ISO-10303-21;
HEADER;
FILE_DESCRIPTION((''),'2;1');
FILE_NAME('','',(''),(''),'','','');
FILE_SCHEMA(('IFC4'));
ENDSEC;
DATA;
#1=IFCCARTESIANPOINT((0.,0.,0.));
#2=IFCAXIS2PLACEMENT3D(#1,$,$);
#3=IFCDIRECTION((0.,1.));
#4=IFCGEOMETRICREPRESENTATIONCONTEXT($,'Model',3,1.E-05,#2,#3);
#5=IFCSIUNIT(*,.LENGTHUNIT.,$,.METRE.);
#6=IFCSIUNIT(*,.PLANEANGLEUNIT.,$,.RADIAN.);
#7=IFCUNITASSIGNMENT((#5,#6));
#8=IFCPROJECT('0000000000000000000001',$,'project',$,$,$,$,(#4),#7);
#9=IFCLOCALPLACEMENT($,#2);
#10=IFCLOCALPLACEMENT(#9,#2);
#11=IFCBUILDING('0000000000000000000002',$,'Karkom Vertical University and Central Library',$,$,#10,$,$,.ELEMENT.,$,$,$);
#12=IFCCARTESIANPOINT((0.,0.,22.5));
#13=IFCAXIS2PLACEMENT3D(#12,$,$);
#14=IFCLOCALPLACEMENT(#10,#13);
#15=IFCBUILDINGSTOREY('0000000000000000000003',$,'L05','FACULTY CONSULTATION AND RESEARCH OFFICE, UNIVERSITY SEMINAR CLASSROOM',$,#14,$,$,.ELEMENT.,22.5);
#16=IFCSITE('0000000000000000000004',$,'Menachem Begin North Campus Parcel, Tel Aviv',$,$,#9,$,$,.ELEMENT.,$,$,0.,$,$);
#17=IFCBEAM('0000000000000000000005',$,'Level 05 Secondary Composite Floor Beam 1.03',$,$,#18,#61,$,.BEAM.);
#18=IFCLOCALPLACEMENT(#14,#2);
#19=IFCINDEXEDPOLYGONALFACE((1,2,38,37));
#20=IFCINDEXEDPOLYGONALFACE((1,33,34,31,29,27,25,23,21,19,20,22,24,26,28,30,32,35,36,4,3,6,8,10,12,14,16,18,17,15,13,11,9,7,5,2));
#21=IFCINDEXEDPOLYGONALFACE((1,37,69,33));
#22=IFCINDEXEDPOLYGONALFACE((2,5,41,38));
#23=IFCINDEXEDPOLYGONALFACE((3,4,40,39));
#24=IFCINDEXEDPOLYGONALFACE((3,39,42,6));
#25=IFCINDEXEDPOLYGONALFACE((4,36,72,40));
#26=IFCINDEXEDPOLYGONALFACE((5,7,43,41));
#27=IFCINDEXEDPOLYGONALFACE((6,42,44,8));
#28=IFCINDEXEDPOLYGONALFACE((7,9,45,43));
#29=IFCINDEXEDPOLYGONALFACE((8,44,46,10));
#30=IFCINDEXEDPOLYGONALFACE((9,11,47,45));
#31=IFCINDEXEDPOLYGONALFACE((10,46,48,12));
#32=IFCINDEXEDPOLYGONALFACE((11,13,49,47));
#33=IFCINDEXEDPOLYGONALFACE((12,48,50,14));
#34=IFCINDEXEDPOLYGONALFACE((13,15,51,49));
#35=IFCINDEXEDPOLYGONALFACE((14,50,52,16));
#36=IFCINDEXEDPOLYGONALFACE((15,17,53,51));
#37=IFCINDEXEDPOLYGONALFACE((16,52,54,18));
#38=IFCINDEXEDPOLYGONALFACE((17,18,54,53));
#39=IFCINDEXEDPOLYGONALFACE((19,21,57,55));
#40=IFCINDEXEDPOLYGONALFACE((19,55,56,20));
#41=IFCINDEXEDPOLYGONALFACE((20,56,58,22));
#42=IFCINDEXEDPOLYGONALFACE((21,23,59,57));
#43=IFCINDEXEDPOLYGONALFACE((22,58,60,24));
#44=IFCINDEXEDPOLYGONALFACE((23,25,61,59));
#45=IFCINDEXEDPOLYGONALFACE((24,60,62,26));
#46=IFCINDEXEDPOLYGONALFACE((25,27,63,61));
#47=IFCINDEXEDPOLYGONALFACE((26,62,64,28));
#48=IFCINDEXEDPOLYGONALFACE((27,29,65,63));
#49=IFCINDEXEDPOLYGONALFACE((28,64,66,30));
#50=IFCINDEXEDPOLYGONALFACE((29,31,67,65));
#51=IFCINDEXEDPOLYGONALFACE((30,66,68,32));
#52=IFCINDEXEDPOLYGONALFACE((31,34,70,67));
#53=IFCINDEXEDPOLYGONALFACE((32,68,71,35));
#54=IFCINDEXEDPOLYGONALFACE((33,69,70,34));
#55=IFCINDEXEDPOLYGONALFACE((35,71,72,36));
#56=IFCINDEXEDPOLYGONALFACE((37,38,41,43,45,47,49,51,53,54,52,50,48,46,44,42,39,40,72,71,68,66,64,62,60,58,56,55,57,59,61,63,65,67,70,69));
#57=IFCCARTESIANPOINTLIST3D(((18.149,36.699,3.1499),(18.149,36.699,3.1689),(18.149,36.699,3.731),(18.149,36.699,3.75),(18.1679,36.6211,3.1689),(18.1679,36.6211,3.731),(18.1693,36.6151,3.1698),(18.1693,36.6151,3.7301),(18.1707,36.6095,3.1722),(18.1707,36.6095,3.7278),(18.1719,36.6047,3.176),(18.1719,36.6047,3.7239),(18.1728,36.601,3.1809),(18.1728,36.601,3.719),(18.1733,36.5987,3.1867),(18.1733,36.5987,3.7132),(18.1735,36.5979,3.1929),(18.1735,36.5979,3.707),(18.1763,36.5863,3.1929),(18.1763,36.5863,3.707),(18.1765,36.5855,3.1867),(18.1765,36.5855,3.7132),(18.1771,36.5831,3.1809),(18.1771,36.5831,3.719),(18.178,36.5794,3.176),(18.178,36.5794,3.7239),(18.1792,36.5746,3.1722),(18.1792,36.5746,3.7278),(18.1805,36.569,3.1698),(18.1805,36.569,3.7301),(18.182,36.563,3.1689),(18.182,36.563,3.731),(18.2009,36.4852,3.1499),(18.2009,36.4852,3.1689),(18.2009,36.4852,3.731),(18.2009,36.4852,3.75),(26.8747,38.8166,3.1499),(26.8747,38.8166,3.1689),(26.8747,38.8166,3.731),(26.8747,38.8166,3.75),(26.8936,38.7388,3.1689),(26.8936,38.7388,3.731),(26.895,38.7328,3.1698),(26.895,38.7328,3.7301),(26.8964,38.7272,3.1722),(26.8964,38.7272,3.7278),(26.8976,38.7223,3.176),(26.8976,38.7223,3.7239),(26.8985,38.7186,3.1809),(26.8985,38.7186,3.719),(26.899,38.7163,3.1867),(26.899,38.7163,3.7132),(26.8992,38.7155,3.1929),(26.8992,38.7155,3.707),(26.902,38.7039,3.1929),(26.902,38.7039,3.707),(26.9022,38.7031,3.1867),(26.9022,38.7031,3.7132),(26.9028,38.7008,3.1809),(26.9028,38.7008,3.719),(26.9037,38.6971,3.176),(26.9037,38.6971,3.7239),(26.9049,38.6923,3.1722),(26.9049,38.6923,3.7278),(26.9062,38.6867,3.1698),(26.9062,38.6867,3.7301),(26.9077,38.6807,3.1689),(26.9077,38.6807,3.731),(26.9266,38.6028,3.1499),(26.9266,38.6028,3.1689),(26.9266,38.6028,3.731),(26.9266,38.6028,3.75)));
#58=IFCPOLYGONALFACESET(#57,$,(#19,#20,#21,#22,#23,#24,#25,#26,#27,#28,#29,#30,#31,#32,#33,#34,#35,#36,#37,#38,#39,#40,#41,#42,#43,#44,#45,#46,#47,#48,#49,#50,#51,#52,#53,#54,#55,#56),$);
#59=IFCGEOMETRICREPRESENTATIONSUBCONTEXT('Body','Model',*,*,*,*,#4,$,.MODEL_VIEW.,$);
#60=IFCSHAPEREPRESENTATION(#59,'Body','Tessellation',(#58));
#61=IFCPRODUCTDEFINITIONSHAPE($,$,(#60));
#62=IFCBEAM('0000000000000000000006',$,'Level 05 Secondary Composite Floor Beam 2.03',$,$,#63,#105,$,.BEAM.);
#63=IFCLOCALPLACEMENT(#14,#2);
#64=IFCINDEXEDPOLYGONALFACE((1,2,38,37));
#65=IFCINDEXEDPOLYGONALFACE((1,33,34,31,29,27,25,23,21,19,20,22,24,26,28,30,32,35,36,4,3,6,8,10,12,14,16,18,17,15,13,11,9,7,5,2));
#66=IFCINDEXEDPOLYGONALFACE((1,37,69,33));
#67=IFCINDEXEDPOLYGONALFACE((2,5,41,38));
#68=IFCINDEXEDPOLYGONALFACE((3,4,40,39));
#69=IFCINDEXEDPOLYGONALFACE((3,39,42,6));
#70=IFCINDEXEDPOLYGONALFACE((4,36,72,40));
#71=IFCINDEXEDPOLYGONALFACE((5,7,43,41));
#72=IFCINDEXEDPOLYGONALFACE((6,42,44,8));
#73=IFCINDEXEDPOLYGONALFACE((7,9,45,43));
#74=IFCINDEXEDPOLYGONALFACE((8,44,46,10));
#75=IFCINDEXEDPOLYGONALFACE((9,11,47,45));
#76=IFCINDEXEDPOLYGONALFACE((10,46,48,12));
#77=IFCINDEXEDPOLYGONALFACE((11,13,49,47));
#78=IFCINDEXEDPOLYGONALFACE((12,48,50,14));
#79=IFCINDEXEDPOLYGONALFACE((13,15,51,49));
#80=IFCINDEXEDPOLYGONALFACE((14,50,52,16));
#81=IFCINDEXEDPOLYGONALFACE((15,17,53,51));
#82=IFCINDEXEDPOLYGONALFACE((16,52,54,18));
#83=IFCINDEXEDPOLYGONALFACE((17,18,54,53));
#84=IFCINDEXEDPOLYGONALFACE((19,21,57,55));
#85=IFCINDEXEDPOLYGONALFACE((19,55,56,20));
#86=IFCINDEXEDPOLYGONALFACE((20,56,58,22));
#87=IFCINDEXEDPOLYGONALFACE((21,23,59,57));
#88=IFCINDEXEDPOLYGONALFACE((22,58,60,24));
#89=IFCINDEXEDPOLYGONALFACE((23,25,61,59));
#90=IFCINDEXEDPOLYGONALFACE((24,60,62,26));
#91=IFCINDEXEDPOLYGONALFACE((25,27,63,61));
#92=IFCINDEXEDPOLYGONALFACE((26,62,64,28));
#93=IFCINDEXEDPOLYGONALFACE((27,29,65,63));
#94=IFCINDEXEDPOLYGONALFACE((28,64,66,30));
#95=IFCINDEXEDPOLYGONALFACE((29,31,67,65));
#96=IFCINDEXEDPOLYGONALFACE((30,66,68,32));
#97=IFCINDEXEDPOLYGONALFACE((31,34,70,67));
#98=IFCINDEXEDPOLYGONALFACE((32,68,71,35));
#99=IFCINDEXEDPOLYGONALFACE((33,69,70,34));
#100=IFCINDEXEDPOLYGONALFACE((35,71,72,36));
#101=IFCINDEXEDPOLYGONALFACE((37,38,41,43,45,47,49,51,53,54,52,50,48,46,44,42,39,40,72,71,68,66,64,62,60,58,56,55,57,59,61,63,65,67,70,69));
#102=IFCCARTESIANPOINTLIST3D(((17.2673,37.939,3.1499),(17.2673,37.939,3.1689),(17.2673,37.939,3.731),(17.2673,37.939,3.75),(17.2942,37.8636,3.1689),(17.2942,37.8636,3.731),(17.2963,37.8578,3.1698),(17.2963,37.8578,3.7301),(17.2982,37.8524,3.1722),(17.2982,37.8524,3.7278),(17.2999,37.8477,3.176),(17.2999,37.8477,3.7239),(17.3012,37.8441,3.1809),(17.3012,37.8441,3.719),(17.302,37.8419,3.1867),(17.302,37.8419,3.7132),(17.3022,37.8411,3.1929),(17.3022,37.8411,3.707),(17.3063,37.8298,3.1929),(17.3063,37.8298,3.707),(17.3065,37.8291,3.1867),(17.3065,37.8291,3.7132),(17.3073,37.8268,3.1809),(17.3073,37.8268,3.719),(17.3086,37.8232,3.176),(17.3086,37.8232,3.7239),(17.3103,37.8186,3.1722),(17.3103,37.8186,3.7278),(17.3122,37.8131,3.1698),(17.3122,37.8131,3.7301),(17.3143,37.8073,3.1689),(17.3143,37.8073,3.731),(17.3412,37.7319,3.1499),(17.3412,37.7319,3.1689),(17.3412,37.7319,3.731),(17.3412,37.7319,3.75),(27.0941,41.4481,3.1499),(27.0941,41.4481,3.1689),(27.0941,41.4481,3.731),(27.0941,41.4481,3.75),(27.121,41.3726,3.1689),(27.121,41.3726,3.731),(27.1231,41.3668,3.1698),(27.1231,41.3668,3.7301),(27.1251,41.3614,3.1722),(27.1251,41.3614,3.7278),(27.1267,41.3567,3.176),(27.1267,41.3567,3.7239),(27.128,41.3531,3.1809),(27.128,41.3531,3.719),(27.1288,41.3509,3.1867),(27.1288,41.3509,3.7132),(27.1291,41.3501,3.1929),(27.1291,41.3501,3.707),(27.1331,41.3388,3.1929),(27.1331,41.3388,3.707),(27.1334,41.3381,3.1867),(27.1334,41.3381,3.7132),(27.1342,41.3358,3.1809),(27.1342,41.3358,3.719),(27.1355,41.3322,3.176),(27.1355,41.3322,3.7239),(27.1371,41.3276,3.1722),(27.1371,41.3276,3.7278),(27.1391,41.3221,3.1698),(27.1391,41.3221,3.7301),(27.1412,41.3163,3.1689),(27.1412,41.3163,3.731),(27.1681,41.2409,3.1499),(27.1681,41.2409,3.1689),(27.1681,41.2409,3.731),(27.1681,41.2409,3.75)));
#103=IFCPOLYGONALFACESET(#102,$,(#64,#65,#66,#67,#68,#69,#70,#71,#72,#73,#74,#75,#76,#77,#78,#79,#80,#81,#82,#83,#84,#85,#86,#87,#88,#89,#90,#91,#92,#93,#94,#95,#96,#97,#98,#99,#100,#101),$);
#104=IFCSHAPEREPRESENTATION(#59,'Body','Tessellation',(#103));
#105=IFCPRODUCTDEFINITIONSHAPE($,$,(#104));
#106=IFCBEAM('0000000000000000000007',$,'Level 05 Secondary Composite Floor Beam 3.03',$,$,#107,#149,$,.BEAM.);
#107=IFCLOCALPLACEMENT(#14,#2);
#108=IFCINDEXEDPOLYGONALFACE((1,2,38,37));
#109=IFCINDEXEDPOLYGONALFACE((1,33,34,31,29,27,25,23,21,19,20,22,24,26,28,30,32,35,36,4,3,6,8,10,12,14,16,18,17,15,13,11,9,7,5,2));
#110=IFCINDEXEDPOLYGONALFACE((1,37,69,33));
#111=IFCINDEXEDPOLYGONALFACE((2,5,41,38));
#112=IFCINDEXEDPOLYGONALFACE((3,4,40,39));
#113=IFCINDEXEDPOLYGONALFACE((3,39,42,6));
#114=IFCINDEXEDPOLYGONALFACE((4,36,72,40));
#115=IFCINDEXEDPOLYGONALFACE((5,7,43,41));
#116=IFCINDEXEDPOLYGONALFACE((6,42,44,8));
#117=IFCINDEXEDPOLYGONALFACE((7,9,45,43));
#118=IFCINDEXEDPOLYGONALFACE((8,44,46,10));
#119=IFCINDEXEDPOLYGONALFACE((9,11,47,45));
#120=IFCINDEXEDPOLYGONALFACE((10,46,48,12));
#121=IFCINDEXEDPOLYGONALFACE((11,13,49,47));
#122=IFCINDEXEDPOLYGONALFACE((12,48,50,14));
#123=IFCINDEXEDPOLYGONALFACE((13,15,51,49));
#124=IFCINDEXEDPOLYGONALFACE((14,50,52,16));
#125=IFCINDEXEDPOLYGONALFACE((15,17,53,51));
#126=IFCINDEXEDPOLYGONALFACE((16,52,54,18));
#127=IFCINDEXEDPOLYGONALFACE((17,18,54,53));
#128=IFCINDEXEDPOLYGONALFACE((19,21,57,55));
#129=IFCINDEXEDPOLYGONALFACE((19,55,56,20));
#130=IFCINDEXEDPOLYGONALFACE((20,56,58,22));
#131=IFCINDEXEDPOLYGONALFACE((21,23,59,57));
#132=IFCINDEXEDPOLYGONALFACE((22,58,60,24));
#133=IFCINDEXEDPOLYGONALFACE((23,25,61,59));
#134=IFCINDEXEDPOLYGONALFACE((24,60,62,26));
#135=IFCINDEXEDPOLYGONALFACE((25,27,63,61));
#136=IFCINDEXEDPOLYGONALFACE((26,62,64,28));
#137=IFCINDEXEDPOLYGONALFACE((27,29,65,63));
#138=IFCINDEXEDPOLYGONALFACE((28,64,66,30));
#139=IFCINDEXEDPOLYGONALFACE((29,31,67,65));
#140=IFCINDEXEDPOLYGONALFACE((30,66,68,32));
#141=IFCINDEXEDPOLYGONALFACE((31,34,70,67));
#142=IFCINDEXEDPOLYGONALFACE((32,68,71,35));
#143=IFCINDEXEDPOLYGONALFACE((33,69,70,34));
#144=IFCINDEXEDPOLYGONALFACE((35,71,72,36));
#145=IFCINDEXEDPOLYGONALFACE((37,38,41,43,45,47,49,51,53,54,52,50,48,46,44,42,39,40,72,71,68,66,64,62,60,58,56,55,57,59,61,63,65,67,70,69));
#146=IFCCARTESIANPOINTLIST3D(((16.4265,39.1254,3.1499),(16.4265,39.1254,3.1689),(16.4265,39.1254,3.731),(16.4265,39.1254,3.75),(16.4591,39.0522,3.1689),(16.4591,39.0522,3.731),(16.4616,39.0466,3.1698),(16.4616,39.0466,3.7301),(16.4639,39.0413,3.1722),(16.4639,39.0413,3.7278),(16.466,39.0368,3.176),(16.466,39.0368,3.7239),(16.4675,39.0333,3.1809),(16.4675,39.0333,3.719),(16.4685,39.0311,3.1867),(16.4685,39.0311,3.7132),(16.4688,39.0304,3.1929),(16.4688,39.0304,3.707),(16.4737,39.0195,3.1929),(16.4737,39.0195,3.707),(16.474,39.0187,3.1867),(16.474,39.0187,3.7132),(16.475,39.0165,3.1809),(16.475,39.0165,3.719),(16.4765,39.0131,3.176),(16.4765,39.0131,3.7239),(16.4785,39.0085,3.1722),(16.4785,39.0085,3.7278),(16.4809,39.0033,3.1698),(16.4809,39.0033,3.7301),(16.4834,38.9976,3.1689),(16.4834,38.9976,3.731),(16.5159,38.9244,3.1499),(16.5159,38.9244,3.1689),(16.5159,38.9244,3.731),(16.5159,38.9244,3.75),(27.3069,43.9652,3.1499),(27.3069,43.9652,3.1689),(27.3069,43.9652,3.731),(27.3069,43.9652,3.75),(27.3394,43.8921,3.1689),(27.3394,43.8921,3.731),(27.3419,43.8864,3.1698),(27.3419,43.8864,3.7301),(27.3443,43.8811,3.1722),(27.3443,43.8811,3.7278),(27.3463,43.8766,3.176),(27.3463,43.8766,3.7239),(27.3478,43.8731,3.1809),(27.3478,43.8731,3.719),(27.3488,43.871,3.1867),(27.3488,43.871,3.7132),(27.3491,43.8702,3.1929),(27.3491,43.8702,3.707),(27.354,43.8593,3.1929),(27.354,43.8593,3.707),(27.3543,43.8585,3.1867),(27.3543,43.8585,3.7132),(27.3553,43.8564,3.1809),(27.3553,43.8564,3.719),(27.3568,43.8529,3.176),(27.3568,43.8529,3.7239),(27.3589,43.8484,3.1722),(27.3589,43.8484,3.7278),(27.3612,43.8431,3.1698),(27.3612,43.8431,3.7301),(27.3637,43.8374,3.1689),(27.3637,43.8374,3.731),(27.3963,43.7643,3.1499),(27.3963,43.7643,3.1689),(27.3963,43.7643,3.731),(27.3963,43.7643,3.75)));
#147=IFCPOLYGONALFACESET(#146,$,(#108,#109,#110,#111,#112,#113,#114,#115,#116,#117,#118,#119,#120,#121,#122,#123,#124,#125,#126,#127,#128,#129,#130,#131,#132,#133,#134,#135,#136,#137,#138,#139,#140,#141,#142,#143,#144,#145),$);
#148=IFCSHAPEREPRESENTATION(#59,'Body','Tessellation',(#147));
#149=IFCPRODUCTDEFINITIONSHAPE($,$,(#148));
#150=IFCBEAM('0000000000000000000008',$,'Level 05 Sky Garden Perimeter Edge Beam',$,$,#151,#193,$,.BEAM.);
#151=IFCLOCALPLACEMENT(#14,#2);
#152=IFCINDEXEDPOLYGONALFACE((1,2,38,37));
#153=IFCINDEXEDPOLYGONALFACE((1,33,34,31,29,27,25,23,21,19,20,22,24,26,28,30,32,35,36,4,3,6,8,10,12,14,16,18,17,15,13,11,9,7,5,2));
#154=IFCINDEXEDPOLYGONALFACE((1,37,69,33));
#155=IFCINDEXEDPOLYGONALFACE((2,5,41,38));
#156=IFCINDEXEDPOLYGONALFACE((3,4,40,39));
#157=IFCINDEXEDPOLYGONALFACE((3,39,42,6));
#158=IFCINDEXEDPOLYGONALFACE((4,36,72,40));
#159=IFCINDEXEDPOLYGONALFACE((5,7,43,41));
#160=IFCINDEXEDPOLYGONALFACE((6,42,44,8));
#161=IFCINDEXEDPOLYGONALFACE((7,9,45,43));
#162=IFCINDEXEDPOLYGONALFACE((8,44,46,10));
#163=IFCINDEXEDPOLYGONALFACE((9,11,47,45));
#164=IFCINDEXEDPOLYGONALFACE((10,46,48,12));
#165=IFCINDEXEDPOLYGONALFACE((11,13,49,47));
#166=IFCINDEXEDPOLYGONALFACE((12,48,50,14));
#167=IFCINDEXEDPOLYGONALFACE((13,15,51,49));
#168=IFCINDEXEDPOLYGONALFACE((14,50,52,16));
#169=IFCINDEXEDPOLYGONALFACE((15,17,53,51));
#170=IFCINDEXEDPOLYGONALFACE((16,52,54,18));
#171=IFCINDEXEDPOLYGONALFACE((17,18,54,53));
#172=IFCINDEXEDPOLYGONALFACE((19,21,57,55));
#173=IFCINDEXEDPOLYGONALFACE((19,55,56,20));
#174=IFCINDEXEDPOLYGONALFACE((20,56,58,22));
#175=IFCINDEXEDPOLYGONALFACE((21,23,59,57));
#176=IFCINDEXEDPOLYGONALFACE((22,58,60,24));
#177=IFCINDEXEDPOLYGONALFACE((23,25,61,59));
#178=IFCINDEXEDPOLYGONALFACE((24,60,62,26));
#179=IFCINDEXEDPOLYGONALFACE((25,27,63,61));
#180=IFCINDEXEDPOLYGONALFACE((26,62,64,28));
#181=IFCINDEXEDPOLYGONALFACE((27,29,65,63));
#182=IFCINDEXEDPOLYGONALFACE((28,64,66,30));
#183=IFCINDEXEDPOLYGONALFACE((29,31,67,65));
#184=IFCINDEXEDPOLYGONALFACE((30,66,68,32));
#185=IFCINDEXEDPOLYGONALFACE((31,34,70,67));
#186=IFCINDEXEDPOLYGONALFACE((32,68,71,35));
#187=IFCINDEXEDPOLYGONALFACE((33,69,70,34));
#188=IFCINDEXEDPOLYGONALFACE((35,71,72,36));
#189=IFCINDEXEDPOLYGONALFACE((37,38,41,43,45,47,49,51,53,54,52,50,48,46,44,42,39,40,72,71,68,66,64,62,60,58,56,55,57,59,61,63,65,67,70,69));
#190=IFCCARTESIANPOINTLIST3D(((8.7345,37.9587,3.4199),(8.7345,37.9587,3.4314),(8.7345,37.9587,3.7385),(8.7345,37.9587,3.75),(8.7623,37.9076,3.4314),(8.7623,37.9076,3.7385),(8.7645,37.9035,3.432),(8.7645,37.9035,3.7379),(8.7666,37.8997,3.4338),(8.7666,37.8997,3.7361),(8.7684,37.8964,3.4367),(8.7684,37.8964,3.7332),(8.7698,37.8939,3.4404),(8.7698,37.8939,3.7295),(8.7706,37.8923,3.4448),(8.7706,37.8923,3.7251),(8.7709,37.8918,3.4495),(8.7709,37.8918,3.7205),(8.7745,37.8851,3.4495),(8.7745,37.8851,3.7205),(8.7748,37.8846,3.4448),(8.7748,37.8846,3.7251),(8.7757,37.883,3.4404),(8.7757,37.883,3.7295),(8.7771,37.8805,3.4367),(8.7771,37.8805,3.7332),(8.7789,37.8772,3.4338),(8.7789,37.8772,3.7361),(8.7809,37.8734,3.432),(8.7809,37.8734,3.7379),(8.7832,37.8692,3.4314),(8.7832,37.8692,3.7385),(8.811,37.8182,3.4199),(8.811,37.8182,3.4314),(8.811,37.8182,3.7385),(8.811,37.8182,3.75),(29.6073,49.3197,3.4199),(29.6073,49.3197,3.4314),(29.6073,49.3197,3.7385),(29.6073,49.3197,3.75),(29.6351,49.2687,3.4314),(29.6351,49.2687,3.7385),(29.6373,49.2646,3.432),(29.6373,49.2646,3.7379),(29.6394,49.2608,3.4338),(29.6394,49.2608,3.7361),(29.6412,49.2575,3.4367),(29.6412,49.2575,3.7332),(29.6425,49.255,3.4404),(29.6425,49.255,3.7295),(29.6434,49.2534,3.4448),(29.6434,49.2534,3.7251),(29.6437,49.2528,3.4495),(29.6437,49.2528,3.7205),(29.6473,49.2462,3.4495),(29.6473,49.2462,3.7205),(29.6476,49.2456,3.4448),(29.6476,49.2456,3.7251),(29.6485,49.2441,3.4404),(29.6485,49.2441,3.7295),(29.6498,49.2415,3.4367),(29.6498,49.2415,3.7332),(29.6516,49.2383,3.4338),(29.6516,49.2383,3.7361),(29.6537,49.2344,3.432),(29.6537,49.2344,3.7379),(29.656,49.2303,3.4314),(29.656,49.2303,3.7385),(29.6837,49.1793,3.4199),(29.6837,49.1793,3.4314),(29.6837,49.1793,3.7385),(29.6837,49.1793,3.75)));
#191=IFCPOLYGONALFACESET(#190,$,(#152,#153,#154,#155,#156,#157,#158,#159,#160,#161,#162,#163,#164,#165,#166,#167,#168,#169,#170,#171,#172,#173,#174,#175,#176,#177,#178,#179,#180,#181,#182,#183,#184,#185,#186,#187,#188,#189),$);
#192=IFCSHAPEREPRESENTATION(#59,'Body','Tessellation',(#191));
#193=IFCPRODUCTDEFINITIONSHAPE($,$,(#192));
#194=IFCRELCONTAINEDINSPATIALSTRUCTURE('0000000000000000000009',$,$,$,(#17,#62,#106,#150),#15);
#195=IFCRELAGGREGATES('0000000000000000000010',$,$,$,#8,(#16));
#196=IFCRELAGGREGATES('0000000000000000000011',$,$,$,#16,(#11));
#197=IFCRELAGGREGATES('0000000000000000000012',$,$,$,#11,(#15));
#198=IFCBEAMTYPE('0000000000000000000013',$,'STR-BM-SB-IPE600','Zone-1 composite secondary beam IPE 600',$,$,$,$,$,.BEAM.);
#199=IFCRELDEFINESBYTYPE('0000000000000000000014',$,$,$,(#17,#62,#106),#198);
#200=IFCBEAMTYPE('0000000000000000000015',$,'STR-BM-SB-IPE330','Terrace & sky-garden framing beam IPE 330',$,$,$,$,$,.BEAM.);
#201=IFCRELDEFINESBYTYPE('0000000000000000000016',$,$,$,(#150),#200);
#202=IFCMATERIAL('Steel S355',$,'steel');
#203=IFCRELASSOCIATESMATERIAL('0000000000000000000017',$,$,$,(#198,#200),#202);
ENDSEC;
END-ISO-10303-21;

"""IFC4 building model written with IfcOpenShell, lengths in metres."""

from ifc_helpers import new_model, si_unit, direction, frame, origin, origin_with_axes, origin_2d, place, context, subcontext, project, spatial, i_section, extrude, source, transform, mapped, material, material_profile, profile_set, type_object, element, save


model = new_model("IFC4")

# Units and contexts
model_context = context("Model", 3, precision=1e-05, world=origin(), true_north=direction((0.0, 1.0)))
body_context = subcontext(model_context, "Body", "Model", "MODEL_VIEW")
ifc_project = project(units=[si_unit("LENGTHUNIT", "METRE"), si_unit("PLANEANGLEUNIT", "RADIAN")], contexts=[model_context])

# Site, building, storey
site_placement = place(None, origin())
site = spatial("IfcSite", under=ifc_project, at=site_placement, Name="Menachem Begin North Campus Parcel, Tel Aviv", CompositionType="ELEMENT", RefElevation=0.0)
building_placement = place(site_placement, origin())
building = spatial("IfcBuilding", under=site, at=building_placement, Name="Karkom Vertical University and Central Library", CompositionType="ELEMENT")
storey_placement = place(building_placement, frame((0.0, 0.0, 22.5)))
storey = spatial("IfcBuildingStorey", under=building, at=storey_placement, Name="L05", Description="FACULTY CONSULTATION AND RESEARCH OFFICE, UNIVERSITY SEMINAR CLASSROOM", CompositionType="ELEMENT", Elevation=22.5)

# Beams
ifc_material_1 = material(Name="Steel S355", Category="steel")
ifc_material_profile_1 = material_profile(ifc_material_1, i_section(OverallWidth=0.22, OverallDepth=0.6001, WebThickness=0.012, FlangeThickness=0.019, FilletRadius=0.0239, at=origin_2d()), Name="IPE 600")
ifc_profile_set_1 = profile_set([ifc_material_profile_1], Name="Steel S355")
beam_type_1 = type_object("IfcBeamType", Name="STR-BM-SB-IPE600", Description="Zone-1 composite secondary beam IPE 600", PredefinedType="BEAM", material=ifc_profile_set_1)
shared_shape_1 = source(origin_with_axes(), body_context, "Body", "SweptSolid", [
    extrude(i_section(OverallWidth=0.22, OverallDepth=0.6001, WebThickness=0.012, FlangeThickness=0.019, FilletRadius=0.0239, at=origin_2d()), origin(), (0.0, 0.0, 1.0), 8.979),
])
beam_1_placement = place(storey_placement, frame((26.9006, 38.7097, 3.45), z_axis=(-0.971791, -0.235844, 0.0), x_axis=(0.235844, -0.971791, 0.0)))
element("IfcBeam", 1, at=beam_1_placement, inside=storey, type_object=beam_type_1, Name="Level 05 Secondary Composite Floor Beam 1.03", PredefinedType="BEAM", context=body_context, shape_type="MappedRepresentation", body=[
    mapped(shared_shape_1, transform((0.0, 0.0, 0.0), scale=1.0)),
])
shared_shape_2 = source(origin_with_axes(), body_context, "Body", "SweptSolid", [
    extrude(i_section(OverallWidth=0.22, OverallDepth=0.6001, WebThickness=0.012, FlangeThickness=0.019, FilletRadius=0.0239, at=origin_2d()), origin(), (0.0, 0.0, 1.0), 10.4346),
])
beam_2_placement = place(storey_placement, frame((27.1311, 41.3445, 3.45), z_axis=(-0.941759, -0.336287, 0.0), x_axis=(0.336287, -0.941759, 0.0)))
element("IfcBeam", 2, at=beam_2_placement, inside=storey, type_object=beam_type_1, Name="Level 05 Secondary Composite Floor Beam 2.03", PredefinedType="BEAM", context=body_context, shape_type="MappedRepresentation", body=[
    mapped(shared_shape_2, transform((0.0, 0.0, 0.0), scale=1.0)),
])
shared_shape_3 = source(origin_with_axes(), body_context, "Body", "SweptSolid", [
    extrude(i_section(OverallWidth=0.22, OverallDepth=0.6001, WebThickness=0.012, FlangeThickness=0.019, FilletRadius=0.0239, at=origin_2d()), origin(), (0.0, 0.0, 1.0), 11.9082),
])
beam_3_placement = place(storey_placement, frame((27.3516, 43.8647, 3.45), z_axis=(-0.913683, -0.406428, 0.0), x_axis=(0.406428, -0.913683, 0.0)))
element("IfcBeam", 3, at=beam_3_placement, inside=storey, type_object=beam_type_1, Name="Level 05 Secondary Composite Floor Beam 3.03", PredefinedType="BEAM", context=body_context, shape_type="MappedRepresentation", body=[
    mapped(shared_shape_3, transform((0.0, 0.0, 0.0), scale=1.0)),
])
ifc_material_profile_2 = material_profile(ifc_material_1, i_section(OverallWidth=0.1599, OverallDepth=0.3301, WebThickness=0.0076, FlangeThickness=0.0115, FilletRadius=0.0181, at=origin_2d()), Name="IPE 330")
ifc_profile_set_2 = profile_set([ifc_material_profile_2], Name="Steel S355")
beam_type_2 = type_object("IfcBeamType", Name="STR-BM-SB-IPE330", Description="Terrace & sky-garden framing beam IPE 330", PredefinedType="BEAM", material=ifc_profile_set_2)
shared_shape_4 = source(origin_with_axes(), body_context, "Body", "SweptSolid", [
    extrude(i_section(OverallWidth=0.1599, OverallDepth=0.3301, WebThickness=0.0076, FlangeThickness=0.0115, FilletRadius=0.0181, at=origin_2d()), origin(), (0.0, 0.0, 1.0), 23.7644),
])
beam_4_placement = place(storey_placement, frame((29.6455, 49.2495, 3.585), z_axis=(-0.878321, -0.478071, 0.0), x_axis=(0.478071, -0.878321, 0.0)))
element("IfcBeam", 4, at=beam_4_placement, inside=storey, type_object=beam_type_2, Name="Level 05 Sky Garden Perimeter Edge Beam", PredefinedType="BEAM", context=body_context, shape_type="MappedRepresentation", body=[
    mapped(shared_shape_4, transform((0.0, 0.0, 0.0), scale=1.0)),
])

save(model, "model.ifc")
